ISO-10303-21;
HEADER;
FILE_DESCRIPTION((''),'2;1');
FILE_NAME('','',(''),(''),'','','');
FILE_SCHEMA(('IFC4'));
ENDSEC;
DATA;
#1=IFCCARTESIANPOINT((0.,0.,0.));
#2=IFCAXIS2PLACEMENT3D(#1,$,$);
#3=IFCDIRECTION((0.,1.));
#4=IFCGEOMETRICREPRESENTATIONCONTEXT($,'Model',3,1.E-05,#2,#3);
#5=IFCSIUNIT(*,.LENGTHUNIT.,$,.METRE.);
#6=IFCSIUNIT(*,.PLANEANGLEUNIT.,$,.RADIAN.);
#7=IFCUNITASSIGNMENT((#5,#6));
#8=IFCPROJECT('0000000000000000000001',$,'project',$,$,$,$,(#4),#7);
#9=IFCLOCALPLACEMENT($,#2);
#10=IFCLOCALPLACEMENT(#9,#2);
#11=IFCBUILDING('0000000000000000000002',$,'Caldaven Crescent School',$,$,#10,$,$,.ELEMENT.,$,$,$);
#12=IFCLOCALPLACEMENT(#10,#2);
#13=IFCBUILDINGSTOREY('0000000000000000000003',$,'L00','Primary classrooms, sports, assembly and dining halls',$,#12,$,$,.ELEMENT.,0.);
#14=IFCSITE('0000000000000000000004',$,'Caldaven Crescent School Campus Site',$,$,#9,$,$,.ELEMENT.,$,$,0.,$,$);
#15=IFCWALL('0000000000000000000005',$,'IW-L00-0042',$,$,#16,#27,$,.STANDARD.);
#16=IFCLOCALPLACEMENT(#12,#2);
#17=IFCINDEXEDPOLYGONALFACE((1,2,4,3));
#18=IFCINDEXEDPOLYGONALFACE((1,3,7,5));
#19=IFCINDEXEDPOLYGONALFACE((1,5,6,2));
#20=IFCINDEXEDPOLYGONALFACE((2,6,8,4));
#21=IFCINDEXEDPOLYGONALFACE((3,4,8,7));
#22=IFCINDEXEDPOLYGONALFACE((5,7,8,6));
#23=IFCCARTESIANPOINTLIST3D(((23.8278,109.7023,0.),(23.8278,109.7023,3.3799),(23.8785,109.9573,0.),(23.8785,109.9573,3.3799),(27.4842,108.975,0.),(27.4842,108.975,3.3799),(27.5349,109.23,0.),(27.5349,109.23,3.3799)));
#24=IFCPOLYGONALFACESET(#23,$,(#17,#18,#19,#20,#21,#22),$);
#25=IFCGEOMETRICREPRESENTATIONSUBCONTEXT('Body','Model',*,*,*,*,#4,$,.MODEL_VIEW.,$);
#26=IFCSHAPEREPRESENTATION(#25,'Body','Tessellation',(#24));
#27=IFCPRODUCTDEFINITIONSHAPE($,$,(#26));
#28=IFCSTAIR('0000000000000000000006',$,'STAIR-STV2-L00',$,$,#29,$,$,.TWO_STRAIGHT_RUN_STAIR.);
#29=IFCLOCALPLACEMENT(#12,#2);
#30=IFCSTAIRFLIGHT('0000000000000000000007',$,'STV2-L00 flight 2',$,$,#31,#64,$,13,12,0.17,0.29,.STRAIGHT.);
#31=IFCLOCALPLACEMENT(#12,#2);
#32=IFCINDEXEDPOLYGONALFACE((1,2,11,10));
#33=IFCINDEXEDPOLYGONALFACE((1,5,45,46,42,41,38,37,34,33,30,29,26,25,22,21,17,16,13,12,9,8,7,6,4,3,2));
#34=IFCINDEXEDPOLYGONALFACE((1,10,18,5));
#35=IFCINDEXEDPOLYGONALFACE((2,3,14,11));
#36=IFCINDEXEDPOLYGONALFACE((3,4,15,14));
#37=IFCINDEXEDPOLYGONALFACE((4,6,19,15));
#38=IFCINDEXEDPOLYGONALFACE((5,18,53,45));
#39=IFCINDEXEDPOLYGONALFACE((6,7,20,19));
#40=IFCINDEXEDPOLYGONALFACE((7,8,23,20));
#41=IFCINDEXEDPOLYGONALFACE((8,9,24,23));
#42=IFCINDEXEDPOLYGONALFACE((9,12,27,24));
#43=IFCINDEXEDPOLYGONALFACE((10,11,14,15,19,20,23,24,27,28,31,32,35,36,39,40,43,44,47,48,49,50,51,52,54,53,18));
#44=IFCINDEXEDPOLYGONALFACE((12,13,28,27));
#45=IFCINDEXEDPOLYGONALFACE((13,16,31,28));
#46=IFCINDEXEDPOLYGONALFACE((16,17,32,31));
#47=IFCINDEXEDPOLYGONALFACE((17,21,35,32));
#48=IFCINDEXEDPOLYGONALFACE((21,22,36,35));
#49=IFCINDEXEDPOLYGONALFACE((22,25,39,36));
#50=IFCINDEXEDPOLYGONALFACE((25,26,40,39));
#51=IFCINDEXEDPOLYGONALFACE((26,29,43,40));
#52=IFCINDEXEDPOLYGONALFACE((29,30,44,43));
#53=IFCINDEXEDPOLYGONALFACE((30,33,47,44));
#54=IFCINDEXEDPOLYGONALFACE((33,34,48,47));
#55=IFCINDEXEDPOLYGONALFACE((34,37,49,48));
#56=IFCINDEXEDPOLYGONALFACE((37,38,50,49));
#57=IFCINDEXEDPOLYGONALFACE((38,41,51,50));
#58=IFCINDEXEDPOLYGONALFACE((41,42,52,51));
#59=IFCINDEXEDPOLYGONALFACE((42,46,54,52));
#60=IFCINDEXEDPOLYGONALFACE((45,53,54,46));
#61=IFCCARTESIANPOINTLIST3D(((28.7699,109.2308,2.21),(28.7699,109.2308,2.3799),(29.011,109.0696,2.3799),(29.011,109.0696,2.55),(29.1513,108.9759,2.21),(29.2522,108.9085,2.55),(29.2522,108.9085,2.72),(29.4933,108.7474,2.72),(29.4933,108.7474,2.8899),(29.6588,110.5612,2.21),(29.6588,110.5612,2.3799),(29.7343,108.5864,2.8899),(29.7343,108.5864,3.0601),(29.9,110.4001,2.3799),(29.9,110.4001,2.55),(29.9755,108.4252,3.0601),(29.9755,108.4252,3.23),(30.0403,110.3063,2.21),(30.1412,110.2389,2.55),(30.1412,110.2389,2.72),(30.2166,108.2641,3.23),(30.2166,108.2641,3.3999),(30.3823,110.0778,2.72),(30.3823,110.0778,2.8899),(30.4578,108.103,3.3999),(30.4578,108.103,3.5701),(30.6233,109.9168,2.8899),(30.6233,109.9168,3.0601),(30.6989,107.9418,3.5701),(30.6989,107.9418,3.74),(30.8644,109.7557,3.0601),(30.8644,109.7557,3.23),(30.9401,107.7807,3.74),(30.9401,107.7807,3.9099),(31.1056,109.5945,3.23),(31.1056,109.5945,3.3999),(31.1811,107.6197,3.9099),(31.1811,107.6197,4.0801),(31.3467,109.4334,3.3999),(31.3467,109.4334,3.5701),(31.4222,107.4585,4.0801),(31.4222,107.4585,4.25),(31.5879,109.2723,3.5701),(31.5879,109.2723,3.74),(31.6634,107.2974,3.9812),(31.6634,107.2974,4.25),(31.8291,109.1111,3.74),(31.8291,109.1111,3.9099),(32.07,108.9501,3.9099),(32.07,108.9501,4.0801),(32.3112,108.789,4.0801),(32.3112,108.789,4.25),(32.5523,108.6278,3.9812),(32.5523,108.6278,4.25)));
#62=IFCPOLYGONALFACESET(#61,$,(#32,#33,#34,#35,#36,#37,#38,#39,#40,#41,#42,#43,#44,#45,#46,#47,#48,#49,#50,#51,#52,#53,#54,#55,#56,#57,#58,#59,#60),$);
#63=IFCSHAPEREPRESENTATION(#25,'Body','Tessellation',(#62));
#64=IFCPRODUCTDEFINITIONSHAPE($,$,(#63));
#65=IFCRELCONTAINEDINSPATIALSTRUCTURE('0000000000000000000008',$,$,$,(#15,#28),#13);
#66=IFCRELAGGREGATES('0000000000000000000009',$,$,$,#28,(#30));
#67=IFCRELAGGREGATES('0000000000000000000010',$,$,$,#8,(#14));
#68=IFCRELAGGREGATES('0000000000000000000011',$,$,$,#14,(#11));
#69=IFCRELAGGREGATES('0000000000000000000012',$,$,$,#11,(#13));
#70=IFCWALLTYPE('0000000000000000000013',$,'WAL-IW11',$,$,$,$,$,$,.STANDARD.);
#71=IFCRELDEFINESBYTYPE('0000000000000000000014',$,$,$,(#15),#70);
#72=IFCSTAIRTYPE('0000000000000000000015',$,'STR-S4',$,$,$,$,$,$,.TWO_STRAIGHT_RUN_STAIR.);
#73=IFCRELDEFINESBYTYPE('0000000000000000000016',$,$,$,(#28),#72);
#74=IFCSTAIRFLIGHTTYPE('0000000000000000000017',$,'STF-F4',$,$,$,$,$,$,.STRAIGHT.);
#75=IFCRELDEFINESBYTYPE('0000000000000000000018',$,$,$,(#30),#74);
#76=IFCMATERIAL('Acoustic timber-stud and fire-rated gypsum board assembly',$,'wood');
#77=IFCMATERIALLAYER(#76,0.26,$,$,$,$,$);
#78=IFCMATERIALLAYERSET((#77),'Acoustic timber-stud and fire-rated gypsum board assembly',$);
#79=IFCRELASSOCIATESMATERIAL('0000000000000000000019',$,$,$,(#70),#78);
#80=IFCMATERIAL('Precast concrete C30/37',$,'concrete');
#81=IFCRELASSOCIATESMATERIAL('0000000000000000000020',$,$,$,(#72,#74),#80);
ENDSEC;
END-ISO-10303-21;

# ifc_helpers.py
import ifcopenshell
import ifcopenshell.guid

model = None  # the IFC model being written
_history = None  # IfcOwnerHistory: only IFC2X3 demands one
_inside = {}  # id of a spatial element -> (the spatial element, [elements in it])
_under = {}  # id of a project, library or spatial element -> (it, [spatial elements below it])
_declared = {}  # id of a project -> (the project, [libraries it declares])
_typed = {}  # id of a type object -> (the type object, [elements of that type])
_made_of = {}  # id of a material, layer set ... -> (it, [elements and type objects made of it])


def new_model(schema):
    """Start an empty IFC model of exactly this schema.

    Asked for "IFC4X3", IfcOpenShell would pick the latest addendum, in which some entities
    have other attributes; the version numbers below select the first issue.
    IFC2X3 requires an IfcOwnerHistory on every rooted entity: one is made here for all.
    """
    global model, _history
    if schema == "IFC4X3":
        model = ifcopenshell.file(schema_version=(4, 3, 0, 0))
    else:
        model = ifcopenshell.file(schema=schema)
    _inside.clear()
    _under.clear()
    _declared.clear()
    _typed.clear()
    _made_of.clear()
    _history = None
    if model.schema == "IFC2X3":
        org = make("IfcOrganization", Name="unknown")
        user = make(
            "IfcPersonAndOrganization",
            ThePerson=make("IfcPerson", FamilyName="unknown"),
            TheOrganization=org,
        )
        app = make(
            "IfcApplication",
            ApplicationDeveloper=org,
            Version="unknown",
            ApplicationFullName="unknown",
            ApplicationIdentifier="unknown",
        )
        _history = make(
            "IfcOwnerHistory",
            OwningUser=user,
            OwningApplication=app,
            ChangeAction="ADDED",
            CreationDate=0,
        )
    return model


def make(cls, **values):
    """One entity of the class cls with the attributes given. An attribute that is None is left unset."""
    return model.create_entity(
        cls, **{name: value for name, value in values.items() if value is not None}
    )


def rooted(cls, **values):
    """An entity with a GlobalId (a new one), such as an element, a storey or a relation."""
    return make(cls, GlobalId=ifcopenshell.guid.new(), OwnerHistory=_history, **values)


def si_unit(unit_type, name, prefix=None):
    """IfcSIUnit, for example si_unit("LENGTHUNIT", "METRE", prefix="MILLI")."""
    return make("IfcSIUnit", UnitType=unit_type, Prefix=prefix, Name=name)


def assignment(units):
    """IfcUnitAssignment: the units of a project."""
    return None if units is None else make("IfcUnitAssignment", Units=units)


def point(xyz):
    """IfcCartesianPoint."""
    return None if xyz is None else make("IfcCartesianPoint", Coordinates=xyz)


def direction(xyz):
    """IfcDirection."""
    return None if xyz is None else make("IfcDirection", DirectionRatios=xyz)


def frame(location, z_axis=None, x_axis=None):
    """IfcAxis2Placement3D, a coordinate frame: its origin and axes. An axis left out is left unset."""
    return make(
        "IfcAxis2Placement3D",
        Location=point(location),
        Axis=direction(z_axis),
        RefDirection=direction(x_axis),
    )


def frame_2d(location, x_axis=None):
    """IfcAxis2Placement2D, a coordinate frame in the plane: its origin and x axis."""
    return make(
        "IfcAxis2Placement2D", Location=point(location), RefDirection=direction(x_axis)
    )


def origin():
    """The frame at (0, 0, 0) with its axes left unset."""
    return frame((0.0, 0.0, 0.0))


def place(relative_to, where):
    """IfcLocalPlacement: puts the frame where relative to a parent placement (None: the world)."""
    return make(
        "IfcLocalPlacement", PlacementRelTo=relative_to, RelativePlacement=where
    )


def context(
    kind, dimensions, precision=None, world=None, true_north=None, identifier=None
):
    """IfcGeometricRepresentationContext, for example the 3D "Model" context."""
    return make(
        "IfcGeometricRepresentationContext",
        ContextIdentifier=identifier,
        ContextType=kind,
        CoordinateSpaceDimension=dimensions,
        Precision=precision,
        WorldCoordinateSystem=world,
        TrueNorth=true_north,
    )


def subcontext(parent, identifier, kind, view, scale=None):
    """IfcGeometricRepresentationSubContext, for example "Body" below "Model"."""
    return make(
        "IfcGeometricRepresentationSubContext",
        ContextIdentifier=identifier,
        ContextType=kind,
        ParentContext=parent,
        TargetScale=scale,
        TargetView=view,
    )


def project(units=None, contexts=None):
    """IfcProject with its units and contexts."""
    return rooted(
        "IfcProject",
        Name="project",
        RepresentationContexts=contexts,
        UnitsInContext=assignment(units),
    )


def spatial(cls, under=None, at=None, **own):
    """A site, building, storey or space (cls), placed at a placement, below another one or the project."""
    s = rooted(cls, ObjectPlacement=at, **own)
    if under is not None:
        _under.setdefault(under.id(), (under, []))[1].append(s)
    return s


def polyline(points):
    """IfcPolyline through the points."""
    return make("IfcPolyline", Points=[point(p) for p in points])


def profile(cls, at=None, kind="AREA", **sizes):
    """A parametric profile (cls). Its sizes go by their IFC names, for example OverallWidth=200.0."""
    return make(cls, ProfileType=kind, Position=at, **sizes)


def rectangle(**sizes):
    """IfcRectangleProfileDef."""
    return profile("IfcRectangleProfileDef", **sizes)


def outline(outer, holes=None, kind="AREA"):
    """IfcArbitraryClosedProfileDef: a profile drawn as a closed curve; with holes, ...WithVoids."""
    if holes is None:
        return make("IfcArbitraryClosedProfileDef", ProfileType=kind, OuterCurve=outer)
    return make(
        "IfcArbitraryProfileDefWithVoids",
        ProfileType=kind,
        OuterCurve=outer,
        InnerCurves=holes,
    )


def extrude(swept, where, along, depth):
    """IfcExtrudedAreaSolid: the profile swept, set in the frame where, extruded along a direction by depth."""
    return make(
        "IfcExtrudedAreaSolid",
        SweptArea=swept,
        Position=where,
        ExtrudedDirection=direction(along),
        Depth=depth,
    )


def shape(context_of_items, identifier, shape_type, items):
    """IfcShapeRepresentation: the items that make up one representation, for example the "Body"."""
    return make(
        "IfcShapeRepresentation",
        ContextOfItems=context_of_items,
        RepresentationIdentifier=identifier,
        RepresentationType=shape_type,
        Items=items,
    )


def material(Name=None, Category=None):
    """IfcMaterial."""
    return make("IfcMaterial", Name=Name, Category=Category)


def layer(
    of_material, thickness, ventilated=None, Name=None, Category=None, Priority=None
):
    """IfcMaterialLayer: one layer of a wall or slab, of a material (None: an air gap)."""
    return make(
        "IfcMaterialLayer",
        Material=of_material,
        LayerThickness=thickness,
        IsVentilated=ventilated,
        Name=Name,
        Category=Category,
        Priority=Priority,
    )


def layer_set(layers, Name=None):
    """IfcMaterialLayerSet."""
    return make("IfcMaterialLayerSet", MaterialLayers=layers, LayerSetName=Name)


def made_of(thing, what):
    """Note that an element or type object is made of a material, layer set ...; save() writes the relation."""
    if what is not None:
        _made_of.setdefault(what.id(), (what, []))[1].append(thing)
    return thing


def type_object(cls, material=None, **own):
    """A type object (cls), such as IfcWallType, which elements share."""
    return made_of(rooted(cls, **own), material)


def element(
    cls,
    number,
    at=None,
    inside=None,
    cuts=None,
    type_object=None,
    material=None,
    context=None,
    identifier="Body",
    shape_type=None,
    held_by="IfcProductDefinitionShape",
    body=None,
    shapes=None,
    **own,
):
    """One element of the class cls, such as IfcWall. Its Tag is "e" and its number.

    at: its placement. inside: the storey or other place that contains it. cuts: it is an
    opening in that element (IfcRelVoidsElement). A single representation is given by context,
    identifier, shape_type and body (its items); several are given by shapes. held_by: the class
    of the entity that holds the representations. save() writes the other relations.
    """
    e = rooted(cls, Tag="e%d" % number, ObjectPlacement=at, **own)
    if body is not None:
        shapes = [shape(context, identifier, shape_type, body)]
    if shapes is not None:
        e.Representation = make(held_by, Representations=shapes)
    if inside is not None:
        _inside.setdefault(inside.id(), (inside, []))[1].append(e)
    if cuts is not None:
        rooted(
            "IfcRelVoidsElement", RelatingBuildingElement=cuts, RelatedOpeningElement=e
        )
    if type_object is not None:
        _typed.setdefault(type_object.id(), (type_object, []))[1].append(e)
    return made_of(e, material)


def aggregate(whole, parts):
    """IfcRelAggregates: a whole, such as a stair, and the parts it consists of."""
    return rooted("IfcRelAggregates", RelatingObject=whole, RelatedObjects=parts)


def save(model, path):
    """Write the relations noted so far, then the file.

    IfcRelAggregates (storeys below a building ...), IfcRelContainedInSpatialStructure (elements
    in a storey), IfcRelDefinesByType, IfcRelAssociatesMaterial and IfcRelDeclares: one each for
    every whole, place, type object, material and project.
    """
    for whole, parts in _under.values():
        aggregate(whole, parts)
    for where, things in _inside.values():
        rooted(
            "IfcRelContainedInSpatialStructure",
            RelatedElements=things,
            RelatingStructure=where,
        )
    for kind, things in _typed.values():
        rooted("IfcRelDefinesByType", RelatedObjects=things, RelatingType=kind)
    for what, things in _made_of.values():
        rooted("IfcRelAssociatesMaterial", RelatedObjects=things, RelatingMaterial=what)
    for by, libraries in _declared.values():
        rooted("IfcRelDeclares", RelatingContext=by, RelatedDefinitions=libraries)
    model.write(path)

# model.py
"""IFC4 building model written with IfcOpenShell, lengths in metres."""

from ifc_helpers import new_model, si_unit, direction, frame, frame_2d, origin, place, context, subcontext, project, spatial, polyline, rectangle, outline, extrude, material, layer, layer_set, type_object, element, aggregate, save


model = new_model("IFC4")

# Units and contexts
model_context = context("Model", 3, precision=1e-05, world=origin(), true_north=direction((0.0, 1.0)))
body_context = subcontext(model_context, "Body", "Model", "MODEL_VIEW")
ifc_project = project(units=[si_unit("LENGTHUNIT", "METRE"), si_unit("PLANEANGLEUNIT", "RADIAN")], contexts=[model_context])

# Site, building, storey
site_placement = place(None, origin())
site = spatial("IfcSite", under=ifc_project, at=site_placement, Name="Caldaven Crescent School Campus Site", CompositionType="ELEMENT", RefElevation=0.0)
building_placement = place(site_placement, origin())
building = spatial("IfcBuilding", under=site, at=building_placement, Name="Caldaven Crescent School", CompositionType="ELEMENT")
storey_placement = place(building_placement, origin())
storey = spatial("IfcBuildingStorey", under=building, at=storey_placement, Name="L00", Description="Primary classrooms, sports, assembly and dining halls", CompositionType="ELEMENT", Elevation=0.0)

# Wall
ifc_material_1 = material(Name="Acoustic timber-stud and fire-rated gypsum board assembly", Category="wood")
ifc_layer_1 = layer(ifc_material_1, 0.26)
ifc_layer_set_1 = layer_set([ifc_layer_1], Name="Acoustic timber-stud and fire-rated gypsum board assembly")
wall_type = type_object("IfcWallType", Name="WAL-IW11", PredefinedType="STANDARD", material=ifc_layer_set_1)
wall_placement = place(storey_placement, frame((27.5095, 109.1025, 0.0), z_axis=(0.0, 0.0, 1.0), x_axis=(-0.980787, 0.195083, 0.0)))
element("IfcWall", 1, at=wall_placement, inside=storey, type_object=wall_type, Name="IW-L00-0042", PredefinedType="STANDARD", context=body_context, shape_type="SweptSolid", body=[
    extrude(rectangle(XDim=3.728, YDim=0.26, at=frame_2d((1.864, 0.0))), origin(), (0.0, 0.0, 1.0), 3.3799),
])

# Stair, stair flight
ifc_material_2 = material(Name="Precast concrete C30/37", Category="concrete")
stair_type = type_object("IfcStairType", Name="STR-S4", PredefinedType="TWO_STRAIGHT_RUN_STAIR", material=ifc_material_2)
stair_placement = place(storey_placement, origin())
stair = element("IfcStair", 2, at=stair_placement, inside=storey, type_object=stair_type, Name="STAIR-STV2-L00", PredefinedType="TWO_STRAIGHT_RUN_STAIR")
stair_flight_type = type_object("IfcStairFlightType", Name="STF-F4", PredefinedType="STRAIGHT", material=ifc_material_2)
stair_flight_placement = place(storey_placement, frame((29.2144, 109.896, 2.21), z_axis=(0.0, 0.0, 1.0), x_axis=(0.83147, -0.55557, 0.0)))
stair_flight = element("IfcStairFlight", 3, at=stair_flight_placement, type_object=stair_flight_type, Name="STV2-L00 flight 2", NumberOfRisers=13, NumberOfTreads=12, PredefinedType="STRAIGHT", RiserHeight=0.17, TreadLength=0.29, context=body_context, shape_type="SweptSolid", body=[
    extrude(outline(polyline([(0.0, 0.0), (0.0, 0.1699), (0.29, 0.1699), (0.29, 0.3401), (0.5801, 0.3401), (0.5801, 0.51), (0.8701, 0.51), (0.8701, 0.6799), (1.1599, 0.6799), (1.1599, 0.8501), (1.45, 0.8501), (1.45, 1.02), (1.74, 1.02), (1.74, 1.1899), (2.03, 1.1899), (2.03, 1.3601), (2.3201, 1.3601), (2.3201, 1.53), (2.6101, 1.53), (2.6101, 1.7), (2.8999, 1.7), (2.8999, 1.8701), (3.1899, 1.8701), (3.1899, 2.04), (3.48, 2.04), (3.48, 2.21), (3.48, 1.7712), (0.4587, 0.0), (0.0, 0.0)])), frame((0.0, 0.8, 0.0), z_axis=(0.0, -1.0, 0.0), x_axis=(1.0, 0.0, 0.0)), (0.0, 0.0, 1.0), 1.6001),
])
aggregate(stair, [stair_flight])

save(model, "model.ifc")
